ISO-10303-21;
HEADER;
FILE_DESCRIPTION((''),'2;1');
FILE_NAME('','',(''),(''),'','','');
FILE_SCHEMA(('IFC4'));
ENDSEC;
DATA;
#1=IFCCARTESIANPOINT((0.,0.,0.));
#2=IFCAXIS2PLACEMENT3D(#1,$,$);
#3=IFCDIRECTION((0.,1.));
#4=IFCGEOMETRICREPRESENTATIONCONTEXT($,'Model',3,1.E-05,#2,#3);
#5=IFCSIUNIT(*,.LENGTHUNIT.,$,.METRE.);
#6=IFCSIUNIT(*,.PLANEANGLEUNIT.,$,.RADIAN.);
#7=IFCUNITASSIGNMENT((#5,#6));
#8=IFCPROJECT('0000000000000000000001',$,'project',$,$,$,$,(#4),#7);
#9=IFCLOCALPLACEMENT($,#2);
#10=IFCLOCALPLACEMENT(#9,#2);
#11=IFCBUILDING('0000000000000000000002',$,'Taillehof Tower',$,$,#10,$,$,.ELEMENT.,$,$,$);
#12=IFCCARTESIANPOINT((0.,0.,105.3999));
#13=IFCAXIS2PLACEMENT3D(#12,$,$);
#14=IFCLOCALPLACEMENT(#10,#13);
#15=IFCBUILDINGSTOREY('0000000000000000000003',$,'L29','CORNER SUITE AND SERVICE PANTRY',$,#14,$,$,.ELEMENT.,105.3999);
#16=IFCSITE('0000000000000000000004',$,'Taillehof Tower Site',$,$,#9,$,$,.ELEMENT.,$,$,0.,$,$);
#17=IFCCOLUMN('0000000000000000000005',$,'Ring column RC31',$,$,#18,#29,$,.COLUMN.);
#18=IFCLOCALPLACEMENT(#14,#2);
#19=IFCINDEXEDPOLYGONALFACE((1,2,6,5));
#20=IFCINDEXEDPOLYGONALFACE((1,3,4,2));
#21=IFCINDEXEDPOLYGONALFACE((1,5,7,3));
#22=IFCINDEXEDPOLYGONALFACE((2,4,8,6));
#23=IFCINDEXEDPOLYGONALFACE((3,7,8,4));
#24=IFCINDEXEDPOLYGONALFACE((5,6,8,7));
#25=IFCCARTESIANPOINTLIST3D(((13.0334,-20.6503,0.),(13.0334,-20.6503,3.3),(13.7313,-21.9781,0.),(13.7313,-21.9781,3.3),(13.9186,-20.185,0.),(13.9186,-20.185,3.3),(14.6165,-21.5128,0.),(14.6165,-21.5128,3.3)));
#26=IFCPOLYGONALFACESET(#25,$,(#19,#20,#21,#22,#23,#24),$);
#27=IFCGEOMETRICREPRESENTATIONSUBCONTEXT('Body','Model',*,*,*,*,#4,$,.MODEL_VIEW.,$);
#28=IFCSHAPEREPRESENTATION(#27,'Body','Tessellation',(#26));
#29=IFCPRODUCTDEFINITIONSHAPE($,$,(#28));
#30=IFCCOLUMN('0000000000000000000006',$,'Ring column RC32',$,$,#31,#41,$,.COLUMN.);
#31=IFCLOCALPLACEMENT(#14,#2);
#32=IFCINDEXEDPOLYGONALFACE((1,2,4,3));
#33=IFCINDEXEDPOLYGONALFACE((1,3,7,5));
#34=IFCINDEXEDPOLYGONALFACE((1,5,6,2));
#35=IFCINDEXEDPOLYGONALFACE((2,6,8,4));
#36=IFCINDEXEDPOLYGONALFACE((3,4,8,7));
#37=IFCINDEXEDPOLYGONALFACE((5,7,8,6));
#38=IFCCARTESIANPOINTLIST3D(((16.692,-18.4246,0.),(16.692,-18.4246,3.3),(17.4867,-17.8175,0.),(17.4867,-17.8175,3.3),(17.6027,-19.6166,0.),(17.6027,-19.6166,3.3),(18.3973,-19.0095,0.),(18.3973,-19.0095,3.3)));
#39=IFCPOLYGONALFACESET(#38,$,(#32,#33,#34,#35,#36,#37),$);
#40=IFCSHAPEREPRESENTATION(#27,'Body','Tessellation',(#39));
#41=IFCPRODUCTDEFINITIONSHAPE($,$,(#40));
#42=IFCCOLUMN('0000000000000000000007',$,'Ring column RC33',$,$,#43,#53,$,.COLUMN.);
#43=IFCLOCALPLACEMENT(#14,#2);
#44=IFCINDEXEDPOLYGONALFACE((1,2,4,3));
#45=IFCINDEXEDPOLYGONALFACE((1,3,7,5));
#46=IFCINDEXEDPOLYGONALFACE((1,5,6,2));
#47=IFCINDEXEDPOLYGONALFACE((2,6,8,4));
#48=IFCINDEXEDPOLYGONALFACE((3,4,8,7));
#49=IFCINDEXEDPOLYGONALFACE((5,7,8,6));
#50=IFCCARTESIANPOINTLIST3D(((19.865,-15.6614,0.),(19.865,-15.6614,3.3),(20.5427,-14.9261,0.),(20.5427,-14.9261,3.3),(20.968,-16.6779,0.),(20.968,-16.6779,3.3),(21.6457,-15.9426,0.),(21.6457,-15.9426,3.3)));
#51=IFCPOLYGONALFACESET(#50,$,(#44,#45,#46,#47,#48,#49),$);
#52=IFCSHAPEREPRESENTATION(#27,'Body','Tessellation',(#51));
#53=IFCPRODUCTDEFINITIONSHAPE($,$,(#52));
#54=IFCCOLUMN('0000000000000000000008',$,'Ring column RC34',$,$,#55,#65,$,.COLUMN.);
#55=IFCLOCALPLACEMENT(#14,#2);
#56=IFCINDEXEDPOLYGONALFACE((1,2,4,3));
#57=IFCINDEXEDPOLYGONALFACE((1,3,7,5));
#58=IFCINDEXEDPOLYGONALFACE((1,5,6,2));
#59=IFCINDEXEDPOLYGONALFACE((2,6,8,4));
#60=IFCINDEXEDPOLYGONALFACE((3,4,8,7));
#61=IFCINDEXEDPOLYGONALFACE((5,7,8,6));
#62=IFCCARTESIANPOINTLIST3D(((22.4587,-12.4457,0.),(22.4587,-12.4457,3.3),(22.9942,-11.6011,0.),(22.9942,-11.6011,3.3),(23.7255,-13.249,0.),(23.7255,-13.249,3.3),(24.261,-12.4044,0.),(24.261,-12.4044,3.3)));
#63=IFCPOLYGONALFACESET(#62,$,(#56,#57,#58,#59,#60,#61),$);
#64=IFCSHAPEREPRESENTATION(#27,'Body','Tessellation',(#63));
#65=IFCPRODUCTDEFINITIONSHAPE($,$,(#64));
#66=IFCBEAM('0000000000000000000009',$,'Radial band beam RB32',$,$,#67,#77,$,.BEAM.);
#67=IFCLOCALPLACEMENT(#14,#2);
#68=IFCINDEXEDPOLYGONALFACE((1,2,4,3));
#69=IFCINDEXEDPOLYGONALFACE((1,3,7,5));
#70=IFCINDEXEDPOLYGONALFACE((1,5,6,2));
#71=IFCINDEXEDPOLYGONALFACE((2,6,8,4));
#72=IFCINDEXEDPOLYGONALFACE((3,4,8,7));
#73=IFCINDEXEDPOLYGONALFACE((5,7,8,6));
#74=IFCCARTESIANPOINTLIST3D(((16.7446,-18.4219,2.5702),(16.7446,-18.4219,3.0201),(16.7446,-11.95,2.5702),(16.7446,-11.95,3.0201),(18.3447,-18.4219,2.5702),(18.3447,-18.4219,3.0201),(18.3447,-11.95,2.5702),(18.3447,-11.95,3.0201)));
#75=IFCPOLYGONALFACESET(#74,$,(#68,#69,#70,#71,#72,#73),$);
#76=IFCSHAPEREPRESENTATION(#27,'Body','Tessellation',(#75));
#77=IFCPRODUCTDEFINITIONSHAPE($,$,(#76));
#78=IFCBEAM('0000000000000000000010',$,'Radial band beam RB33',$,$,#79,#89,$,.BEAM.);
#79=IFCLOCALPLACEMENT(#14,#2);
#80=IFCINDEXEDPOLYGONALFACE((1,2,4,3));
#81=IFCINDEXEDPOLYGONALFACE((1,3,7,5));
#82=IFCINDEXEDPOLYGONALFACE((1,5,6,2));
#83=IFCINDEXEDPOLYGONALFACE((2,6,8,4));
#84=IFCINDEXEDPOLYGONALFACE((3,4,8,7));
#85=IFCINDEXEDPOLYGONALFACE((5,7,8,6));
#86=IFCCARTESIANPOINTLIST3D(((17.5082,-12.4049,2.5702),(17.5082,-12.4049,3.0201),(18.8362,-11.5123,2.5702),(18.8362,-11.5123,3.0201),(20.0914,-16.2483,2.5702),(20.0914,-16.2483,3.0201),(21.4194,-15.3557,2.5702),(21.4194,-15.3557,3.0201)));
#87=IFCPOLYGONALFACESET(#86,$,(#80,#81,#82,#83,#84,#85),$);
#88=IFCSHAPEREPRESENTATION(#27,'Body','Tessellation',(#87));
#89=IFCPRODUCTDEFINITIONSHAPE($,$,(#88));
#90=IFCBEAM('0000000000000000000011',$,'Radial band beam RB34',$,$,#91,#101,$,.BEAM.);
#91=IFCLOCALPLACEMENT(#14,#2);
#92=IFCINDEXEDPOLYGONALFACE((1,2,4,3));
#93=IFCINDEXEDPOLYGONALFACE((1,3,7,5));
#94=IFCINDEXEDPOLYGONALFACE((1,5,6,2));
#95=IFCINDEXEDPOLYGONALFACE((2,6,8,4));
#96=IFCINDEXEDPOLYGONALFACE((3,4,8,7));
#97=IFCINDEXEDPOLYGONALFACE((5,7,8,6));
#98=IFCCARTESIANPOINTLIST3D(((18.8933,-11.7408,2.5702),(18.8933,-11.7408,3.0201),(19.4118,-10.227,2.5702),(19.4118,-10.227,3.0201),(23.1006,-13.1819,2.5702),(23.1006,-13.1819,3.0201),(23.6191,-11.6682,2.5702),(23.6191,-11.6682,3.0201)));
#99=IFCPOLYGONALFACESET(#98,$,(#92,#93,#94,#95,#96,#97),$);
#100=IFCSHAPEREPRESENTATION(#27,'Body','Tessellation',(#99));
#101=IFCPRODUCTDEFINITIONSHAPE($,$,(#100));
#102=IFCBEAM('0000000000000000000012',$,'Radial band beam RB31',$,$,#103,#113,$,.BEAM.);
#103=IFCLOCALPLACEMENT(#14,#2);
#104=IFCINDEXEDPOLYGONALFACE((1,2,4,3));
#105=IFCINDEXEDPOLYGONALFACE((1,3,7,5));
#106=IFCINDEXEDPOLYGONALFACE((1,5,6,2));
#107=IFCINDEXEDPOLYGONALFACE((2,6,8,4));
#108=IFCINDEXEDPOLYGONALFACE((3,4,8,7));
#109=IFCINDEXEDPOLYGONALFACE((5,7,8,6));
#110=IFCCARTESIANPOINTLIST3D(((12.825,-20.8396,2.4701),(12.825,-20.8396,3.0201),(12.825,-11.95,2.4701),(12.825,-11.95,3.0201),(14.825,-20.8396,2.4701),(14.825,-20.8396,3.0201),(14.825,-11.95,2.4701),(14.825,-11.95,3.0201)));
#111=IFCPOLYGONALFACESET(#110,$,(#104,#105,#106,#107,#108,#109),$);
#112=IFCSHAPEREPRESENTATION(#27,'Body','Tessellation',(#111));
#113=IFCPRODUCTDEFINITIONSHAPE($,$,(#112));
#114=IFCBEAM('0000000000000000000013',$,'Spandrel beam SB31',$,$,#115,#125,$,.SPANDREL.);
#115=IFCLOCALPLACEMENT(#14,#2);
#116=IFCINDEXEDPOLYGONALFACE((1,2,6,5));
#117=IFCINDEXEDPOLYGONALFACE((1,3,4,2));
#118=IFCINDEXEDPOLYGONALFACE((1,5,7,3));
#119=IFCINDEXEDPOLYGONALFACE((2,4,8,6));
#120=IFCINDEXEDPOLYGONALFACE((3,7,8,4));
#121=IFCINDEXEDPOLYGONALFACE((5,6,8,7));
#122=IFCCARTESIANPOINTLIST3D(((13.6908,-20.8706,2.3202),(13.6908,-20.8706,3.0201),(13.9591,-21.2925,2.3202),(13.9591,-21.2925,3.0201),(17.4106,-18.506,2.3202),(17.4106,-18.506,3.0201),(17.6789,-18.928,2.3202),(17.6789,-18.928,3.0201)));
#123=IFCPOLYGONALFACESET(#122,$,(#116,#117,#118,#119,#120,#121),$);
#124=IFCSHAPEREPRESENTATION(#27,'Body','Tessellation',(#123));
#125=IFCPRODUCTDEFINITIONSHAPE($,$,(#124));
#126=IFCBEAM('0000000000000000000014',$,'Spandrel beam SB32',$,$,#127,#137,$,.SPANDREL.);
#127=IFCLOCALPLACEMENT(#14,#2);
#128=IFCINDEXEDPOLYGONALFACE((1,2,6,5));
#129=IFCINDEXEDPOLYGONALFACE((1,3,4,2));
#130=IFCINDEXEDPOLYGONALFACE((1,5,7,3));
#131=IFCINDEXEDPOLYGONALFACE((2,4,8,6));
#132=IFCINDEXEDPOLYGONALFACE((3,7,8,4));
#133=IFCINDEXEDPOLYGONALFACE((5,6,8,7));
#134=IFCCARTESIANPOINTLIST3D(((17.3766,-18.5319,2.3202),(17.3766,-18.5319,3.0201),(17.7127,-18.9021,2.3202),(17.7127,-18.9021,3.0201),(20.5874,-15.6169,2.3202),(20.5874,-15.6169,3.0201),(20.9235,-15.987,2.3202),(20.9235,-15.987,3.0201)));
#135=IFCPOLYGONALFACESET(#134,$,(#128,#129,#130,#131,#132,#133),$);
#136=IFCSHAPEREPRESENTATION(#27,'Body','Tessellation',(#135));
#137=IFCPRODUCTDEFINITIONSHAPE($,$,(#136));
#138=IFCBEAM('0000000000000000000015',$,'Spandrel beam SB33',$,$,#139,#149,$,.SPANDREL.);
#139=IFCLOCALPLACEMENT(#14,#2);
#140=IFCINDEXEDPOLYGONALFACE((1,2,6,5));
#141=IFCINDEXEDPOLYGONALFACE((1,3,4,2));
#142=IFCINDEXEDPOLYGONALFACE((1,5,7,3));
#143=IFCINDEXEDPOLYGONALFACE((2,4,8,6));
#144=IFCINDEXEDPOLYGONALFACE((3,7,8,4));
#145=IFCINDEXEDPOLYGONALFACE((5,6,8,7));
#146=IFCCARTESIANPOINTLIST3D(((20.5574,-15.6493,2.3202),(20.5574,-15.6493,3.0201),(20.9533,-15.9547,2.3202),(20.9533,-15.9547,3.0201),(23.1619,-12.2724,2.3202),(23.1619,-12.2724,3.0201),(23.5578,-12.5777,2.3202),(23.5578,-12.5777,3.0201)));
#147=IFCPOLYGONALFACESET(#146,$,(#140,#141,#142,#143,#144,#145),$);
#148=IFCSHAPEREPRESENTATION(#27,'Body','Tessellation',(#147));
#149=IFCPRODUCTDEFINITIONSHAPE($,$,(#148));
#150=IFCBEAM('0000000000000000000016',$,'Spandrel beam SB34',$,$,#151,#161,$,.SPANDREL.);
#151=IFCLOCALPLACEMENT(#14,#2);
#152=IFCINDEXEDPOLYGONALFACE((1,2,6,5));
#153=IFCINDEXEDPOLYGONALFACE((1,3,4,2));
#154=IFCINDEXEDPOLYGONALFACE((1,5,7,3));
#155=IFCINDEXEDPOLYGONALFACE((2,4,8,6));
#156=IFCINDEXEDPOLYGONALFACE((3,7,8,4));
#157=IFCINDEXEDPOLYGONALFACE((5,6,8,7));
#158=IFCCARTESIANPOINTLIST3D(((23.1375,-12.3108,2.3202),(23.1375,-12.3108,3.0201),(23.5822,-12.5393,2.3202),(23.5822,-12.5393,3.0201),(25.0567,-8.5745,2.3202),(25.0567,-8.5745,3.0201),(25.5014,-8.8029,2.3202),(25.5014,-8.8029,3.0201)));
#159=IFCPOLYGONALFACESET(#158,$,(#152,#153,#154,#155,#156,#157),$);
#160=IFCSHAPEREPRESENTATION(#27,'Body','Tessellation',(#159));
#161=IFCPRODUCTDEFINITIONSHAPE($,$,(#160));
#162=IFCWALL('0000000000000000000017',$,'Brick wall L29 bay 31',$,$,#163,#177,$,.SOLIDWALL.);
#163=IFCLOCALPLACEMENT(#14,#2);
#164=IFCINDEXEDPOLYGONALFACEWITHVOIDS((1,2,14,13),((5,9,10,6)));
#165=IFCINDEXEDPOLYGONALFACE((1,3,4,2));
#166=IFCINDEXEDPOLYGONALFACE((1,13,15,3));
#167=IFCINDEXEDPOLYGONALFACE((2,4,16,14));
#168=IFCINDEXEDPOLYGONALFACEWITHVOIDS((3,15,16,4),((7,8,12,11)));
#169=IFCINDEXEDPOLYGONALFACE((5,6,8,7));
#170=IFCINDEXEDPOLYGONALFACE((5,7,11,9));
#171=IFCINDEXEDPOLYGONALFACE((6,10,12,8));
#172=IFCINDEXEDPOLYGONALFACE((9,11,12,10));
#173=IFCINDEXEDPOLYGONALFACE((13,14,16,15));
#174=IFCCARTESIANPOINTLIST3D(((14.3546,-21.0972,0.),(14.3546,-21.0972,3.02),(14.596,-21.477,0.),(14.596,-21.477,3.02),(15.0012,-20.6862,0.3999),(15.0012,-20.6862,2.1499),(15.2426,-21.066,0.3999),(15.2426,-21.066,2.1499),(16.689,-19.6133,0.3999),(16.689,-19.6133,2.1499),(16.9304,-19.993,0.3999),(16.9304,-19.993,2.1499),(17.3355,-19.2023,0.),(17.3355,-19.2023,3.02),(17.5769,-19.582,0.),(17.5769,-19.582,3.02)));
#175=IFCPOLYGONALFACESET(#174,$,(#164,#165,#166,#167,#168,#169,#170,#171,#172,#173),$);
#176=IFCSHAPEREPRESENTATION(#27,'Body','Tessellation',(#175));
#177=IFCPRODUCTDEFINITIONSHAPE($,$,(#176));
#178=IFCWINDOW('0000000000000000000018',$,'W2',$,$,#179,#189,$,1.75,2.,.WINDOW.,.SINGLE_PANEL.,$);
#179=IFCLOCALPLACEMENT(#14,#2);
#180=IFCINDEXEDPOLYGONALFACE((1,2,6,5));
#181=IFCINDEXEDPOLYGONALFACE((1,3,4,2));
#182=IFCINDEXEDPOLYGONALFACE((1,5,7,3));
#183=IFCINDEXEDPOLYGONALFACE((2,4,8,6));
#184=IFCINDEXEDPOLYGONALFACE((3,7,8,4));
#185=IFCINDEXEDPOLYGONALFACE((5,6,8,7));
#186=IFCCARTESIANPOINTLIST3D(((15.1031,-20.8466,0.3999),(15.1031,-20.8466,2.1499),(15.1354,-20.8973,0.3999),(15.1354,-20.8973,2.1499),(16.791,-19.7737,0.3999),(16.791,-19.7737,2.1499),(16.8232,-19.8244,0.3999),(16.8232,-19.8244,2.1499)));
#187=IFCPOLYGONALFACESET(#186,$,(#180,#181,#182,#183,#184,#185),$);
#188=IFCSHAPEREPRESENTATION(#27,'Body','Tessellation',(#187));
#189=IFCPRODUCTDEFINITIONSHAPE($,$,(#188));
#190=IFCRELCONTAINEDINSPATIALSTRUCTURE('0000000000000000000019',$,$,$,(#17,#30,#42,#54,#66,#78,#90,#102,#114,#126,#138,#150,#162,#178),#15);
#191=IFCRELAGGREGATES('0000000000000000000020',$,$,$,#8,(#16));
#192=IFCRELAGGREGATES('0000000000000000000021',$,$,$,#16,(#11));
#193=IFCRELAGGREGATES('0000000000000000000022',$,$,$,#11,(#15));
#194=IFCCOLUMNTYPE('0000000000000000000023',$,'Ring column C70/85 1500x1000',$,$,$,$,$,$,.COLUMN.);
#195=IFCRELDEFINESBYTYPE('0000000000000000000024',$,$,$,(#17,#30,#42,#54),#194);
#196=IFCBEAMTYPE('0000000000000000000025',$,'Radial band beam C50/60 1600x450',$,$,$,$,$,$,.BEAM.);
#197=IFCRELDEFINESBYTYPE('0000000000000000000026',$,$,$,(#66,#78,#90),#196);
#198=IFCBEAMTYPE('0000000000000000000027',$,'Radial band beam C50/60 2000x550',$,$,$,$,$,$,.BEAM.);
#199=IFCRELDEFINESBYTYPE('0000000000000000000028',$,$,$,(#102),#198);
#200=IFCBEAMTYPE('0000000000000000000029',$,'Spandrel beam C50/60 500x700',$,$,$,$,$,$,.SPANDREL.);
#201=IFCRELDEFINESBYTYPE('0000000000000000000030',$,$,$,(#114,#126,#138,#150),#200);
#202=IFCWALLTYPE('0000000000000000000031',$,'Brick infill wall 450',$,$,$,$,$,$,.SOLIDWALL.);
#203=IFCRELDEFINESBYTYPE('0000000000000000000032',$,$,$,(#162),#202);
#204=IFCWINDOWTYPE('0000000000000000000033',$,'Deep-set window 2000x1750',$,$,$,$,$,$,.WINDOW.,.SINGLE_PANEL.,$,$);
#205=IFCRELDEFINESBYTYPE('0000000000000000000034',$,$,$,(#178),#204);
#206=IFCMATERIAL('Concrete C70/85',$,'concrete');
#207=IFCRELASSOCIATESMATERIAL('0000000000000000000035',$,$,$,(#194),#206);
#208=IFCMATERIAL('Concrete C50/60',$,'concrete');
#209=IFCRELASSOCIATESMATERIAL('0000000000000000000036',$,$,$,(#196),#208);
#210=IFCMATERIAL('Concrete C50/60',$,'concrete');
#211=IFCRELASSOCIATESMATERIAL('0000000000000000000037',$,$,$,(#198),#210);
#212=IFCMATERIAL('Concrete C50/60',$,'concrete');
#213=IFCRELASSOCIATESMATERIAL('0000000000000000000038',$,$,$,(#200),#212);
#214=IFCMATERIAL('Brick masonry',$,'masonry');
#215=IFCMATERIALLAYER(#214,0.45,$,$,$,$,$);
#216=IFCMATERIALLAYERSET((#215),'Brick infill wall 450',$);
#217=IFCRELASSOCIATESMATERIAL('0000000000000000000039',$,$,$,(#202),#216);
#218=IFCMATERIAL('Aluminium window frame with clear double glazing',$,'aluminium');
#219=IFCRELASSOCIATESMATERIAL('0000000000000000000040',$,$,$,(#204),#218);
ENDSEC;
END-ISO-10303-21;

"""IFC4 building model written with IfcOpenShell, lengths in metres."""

from ifc_helpers import new_model, si_unit, direction, frame, frame_2d, origin, origin_2d, place, context, subcontext, project, spatial, rectangle, extrude, material, layer, layer_set, material_profile, profile_set, type_object, element, fill, save


model = new_model("IFC4")

# Units and contexts
model_context = context("Model", 3, precision=1e-05, world=origin(), true_north=direction((0.0, 1.0)))
body_context = subcontext(model_context, "Body", "Model", "MODEL_VIEW")
ifc_project = project(units=[si_unit("LENGTHUNIT", "METRE"), si_unit("PLANEANGLEUNIT", "RADIAN")], contexts=[model_context])

# Site, building, storey
site_placement = place(None, origin())
site = spatial("IfcSite", under=ifc_project, at=site_placement, Name="Taillehof Tower Site", CompositionType="ELEMENT", RefElevation=0.0)
building_placement = place(site_placement, origin())
building = spatial("IfcBuilding", under=site, at=building_placement, Name="Taillehof Tower", CompositionType="ELEMENT")
storey_placement = place(building_placement, frame((0.0, 0.0, 105.3999)))
storey = spatial("IfcBuildingStorey", under=building, at=storey_placement, Name="L29", Description="CORNER SUITE AND SERVICE PANTRY", CompositionType="ELEMENT", Elevation=105.3999)

# Columns
ifc_material_1 = material(Name="Concrete C70/85", Category="concrete")
ifc_material_profile_1 = material_profile(ifc_material_1, rectangle(XDim=1.5, YDim=1.0, at=origin_2d()), Name="RC 1500x1000")
ifc_profile_set_1 = profile_set([ifc_material_profile_1], Name="Concrete C70/85")
column_type = type_object("IfcColumnType", Name="Ring column C70/85 1500x1000", PredefinedType="COLUMN", material=ifc_profile_set_1)
for number, where, z_axis, x_axis, name in (
    (1, (13.825, -21.0815, 0.0), (0.0, 0.0, 1.0), (0.465283, -0.885162, 0.0), "Ring column RC31"),
    (2, (17.5447, -18.717, 0.0), (0.0, 0.0, 1.0), (0.607074, -0.794645, 0.0), "Ring column RC32"),
    (3, (20.7554, -15.802, 0.0), (0.0, 0.0, 1.0), (0.735332, -0.677707, 0.0), "Ring column RC33"),
    (4, (23.3599, -12.425, 0.0), (0.0, 0.0, 1.0), (0.844511, -0.535537, 0.0), "Ring column RC34"),
):
    element("IfcColumn", number, at=place(storey_placement, frame(where, z_axis=z_axis, x_axis=x_axis)), inside=storey, type_object=column_type, Name=name, PredefinedType="COLUMN", context=body_context, shape_type="SweptSolid", body=[
        extrude(rectangle(XDim=1.5, YDim=1.0, at=origin_2d()), origin(), (0.0, 0.0, 1.0), 3.3),
    ])

# Beams
ifc_material_2 = material(Name="Concrete C50/60", Category="concrete")
ifc_material_profile_2 = material_profile(ifc_material_2, rectangle(XDim=1.6001, YDim=0.45, at=origin_2d()), Name="RC 1600x450")
ifc_profile_set_2 = profile_set([ifc_material_profile_2], Name="Concrete C50/60")
beam_type_1 = type_object("IfcBeamType", Name="Radial band beam C50/60 1600x450", PredefinedType="BEAM", material=ifc_profile_set_2)
beam_1_placement = place(storey_placement, frame((17.5447, -18.4219, 2.7952), z_axis=(0.0, 1.0, 0.0), x_axis=(-1.0, 0.0, 0.0)))
element("IfcBeam", 5, at=beam_1_placement, inside=storey, type_object=beam_type_1, Name="Radial band beam RB32", PredefinedType="BEAM", context=body_context, shape_type="SweptSolid", body=[
    extrude(rectangle(XDim=1.6001, YDim=0.45, at=origin_2d()), origin(), (0.0, 0.0, 1.0), 6.4719),
])
beam_2_placement = place(storey_placement, frame((20.7554, -15.802, 2.7952), z_axis=(-0.557823, 0.82996, 0.0), x_axis=(-0.82996, -0.557823, 0.0)))
element("IfcBeam", 6, at=beam_2_placement, inside=storey, type_object=beam_type_1, Name="Radial band beam RB33", PredefinedType="BEAM", context=body_context, shape_type="SweptSolid", body=[
    extrude(rectangle(XDim=1.6001, YDim=0.45, at=origin_2d()), origin(), (0.0, 0.0, 1.0), 4.6309),
])
beam_3_placement = place(storey_placement, frame((23.3599, -12.425, 2.7952), z_axis=(-0.946038, 0.324056, 0.0), x_axis=(-0.324056, -0.946038, 0.0)))
element("IfcBeam", 7, at=beam_3_placement, inside=storey, type_object=beam_type_1, Name="Radial band beam RB34", PredefinedType="BEAM", context=body_context, shape_type="SweptSolid", body=[
    extrude(rectangle(XDim=1.6001, YDim=0.45, at=origin_2d()), origin(), (0.0, 0.0, 1.0), 4.4473),
])
ifc_material_3 = material(Name="Concrete C50/60", Category="concrete")
ifc_material_profile_3 = material_profile(ifc_material_3, rectangle(XDim=2.0, YDim=0.55, at=origin_2d()), Name="RC 2000x550")
ifc_profile_set_3 = profile_set([ifc_material_profile_3], Name="Concrete C50/60")
beam_type_2 = type_object("IfcBeamType", Name="Radial band beam C50/60 2000x550", PredefinedType="BEAM", material=ifc_profile_set_3)
beam_4_placement = place(storey_placement, frame((13.825, -20.8396, 2.7451), z_axis=(0.0, 1.0, 0.0), x_axis=(-1.0, 0.0, 0.0)))
element("IfcBeam", 8, at=beam_4_placement, inside=storey, type_object=beam_type_2, Name="Radial band beam RB31", PredefinedType="BEAM", context=body_context, shape_type="SweptSolid", body=[
    extrude(rectangle(XDim=2.0, YDim=0.55, at=origin_2d()), origin(), (0.0, 0.0, 1.0), 8.8896),
])
ifc_material_4 = material(Name="Concrete C50/60", Category="concrete")
ifc_material_profile_4 = material_profile(ifc_material_4, rectangle(XDim=0.5, YDim=0.7, at=origin_2d()), Name="RC 500x700")
ifc_profile_set_4 = profile_set([ifc_material_profile_4], Name="Concrete C50/60")
beam_type_3 = type_object("IfcBeamType", Name="Spandrel beam C50/60 500x700", PredefinedType="SPANDREL", material=ifc_profile_set_4)
beam_5_placement = place(storey_placement, frame((13.825, -21.0815, 2.6702), z_axis=(0.843928, 0.536456, 0.0), x_axis=(-0.536456, 0.843928, 0.0)))
element("IfcBeam", 9, at=beam_5_placement, inside=storey, type_object=beam_type_3, Name="Spandrel beam SB31", PredefinedType="SPANDREL", context=body_context, shape_type="SweptSolid", body=[
    extrude(rectangle(XDim=0.5, YDim=0.7, at=origin_2d()), origin(), (0.0, 0.0, 1.0), 4.4077),
])
beam_6_placement = place(storey_placement, frame((17.5447, -18.717, 2.6702), z_axis=(0.740373, 0.672196, 0.0), x_axis=(-0.672196, 0.740373, 0.0)))
element("IfcBeam", 10, at=beam_6_placement, inside=storey, type_object=beam_type_3, Name="Spandrel beam SB32", PredefinedType="SPANDREL", context=body_context, shape_type="SweptSolid", body=[
    extrude(rectangle(XDim=0.5, YDim=0.7, at=origin_2d()), origin(), (0.0, 0.0, 1.0), 4.3367),
])
beam_7_placement = place(storey_placement, frame((20.7554, -15.802, 2.6702), z_axis=(0.610717, 0.791849, 0.0), x_axis=(-0.791849, 0.610717, 0.0)))
element("IfcBeam", 11, at=beam_7_placement, inside=storey, type_object=beam_type_3, Name="Spandrel beam SB33", PredefinedType="SPANDREL", context=body_context, shape_type="SweptSolid", body=[
    extrude(rectangle(XDim=0.5, YDim=0.7, at=origin_2d()), origin(), (0.0, 0.0, 1.0), 4.2646),
])
beam_8_placement = place(storey_placement, frame((23.3599, -12.425, 2.6702), z_axis=(0.456905, 0.889515, 0.0), x_axis=(-0.889515, 0.456905, 0.0)))
element("IfcBeam", 12, at=beam_8_placement, inside=storey, type_object=beam_type_3, Name="Spandrel beam SB34", PredefinedType="SPANDREL", context=body_context, shape_type="SweptSolid", body=[
    extrude(rectangle(XDim=0.5, YDim=0.7, at=origin_2d()), origin(), (0.0, 0.0, 1.0), 4.2004),
])

# Wall, opening, window
ifc_material_5 = material(Name="Brick masonry", Category="masonry")
ifc_layer_1 = layer(ifc_material_5, 0.45)
ifc_layer_set_1 = layer_set([ifc_layer_1], Name="Brick infill wall 450")
wall_type_1 = type_object("IfcWallType", Name="Brick infill wall 450", PredefinedType="SOLIDWALL", material=ifc_layer_set_1)
wall_1_placement = place(storey_placement, frame((14.4753, -21.2871, 0.0), z_axis=(0.0, 0.0, 1.0), x_axis=(0.843912, 0.536482, 0.0)))
wall_1 = element("IfcWall", 13, at=wall_1_placement, inside=storey, type_object=wall_type_1, Name="Brick wall L29 bay 31", PredefinedType="SOLIDWALL", context=body_context, shape_type="SweptSolid", body=[
    extrude(rectangle(XDim=3.5322, YDim=0.45, at=frame_2d((1.7661, 0.0))), origin(), (0.0, 0.0, 1.0), 3.02),
])
opening_1_placement = place(wall_1_placement, frame((0.7661, 0.0, 0.3999)))
opening_1 = element("IfcOpeningElement", 14, at=opening_1_placement, cuts=wall_1, PredefinedType="OPENING", context=body_context, shape_type="SweptSolid", body=[
    extrude(rectangle(XDim=2.0, YDim=1.75, at=frame_2d((1.0, 0.875))), frame((0.0, 0.2349, 0.0), z_axis=(0.0, -1.0, 0.0), x_axis=(1.0, 0.0, 0.0)), (0.0, 0.0, 1.0), 0.47),
])
ifc_material_6 = material(Name="Aluminium window frame with clear double glazing", Category="aluminium")
window_type_1 = type_object("IfcWindowType", Name="Deep-set window 2000x1750", PartitioningType="SINGLE_PANEL", PredefinedType="WINDOW", material=ifc_material_6)
window_1_placement = place(opening_1_placement, origin())
window_1 = element("IfcWindow", 15, at=window_1_placement, inside=storey, type_object=window_type_1, Name="W2", OverallHeight=1.75, OverallWidth=2.0, PartitioningType="SINGLE_PANEL", PredefinedType="WINDOW", context=body_context, shape_type="SweptSolid", body=[
    extrude(rectangle(XDim=2.0, YDim=1.75, at=frame_2d((1.0, 0.875))), frame((0.0, 0.0349, 0.0), z_axis=(0.0, -1.0, 0.0), x_axis=(1.0, 0.0, 0.0)), (0.0, 0.0, 1.0), 0.0601),
])
fill(opening_1, window_1)

save(model, "model.ifc")
